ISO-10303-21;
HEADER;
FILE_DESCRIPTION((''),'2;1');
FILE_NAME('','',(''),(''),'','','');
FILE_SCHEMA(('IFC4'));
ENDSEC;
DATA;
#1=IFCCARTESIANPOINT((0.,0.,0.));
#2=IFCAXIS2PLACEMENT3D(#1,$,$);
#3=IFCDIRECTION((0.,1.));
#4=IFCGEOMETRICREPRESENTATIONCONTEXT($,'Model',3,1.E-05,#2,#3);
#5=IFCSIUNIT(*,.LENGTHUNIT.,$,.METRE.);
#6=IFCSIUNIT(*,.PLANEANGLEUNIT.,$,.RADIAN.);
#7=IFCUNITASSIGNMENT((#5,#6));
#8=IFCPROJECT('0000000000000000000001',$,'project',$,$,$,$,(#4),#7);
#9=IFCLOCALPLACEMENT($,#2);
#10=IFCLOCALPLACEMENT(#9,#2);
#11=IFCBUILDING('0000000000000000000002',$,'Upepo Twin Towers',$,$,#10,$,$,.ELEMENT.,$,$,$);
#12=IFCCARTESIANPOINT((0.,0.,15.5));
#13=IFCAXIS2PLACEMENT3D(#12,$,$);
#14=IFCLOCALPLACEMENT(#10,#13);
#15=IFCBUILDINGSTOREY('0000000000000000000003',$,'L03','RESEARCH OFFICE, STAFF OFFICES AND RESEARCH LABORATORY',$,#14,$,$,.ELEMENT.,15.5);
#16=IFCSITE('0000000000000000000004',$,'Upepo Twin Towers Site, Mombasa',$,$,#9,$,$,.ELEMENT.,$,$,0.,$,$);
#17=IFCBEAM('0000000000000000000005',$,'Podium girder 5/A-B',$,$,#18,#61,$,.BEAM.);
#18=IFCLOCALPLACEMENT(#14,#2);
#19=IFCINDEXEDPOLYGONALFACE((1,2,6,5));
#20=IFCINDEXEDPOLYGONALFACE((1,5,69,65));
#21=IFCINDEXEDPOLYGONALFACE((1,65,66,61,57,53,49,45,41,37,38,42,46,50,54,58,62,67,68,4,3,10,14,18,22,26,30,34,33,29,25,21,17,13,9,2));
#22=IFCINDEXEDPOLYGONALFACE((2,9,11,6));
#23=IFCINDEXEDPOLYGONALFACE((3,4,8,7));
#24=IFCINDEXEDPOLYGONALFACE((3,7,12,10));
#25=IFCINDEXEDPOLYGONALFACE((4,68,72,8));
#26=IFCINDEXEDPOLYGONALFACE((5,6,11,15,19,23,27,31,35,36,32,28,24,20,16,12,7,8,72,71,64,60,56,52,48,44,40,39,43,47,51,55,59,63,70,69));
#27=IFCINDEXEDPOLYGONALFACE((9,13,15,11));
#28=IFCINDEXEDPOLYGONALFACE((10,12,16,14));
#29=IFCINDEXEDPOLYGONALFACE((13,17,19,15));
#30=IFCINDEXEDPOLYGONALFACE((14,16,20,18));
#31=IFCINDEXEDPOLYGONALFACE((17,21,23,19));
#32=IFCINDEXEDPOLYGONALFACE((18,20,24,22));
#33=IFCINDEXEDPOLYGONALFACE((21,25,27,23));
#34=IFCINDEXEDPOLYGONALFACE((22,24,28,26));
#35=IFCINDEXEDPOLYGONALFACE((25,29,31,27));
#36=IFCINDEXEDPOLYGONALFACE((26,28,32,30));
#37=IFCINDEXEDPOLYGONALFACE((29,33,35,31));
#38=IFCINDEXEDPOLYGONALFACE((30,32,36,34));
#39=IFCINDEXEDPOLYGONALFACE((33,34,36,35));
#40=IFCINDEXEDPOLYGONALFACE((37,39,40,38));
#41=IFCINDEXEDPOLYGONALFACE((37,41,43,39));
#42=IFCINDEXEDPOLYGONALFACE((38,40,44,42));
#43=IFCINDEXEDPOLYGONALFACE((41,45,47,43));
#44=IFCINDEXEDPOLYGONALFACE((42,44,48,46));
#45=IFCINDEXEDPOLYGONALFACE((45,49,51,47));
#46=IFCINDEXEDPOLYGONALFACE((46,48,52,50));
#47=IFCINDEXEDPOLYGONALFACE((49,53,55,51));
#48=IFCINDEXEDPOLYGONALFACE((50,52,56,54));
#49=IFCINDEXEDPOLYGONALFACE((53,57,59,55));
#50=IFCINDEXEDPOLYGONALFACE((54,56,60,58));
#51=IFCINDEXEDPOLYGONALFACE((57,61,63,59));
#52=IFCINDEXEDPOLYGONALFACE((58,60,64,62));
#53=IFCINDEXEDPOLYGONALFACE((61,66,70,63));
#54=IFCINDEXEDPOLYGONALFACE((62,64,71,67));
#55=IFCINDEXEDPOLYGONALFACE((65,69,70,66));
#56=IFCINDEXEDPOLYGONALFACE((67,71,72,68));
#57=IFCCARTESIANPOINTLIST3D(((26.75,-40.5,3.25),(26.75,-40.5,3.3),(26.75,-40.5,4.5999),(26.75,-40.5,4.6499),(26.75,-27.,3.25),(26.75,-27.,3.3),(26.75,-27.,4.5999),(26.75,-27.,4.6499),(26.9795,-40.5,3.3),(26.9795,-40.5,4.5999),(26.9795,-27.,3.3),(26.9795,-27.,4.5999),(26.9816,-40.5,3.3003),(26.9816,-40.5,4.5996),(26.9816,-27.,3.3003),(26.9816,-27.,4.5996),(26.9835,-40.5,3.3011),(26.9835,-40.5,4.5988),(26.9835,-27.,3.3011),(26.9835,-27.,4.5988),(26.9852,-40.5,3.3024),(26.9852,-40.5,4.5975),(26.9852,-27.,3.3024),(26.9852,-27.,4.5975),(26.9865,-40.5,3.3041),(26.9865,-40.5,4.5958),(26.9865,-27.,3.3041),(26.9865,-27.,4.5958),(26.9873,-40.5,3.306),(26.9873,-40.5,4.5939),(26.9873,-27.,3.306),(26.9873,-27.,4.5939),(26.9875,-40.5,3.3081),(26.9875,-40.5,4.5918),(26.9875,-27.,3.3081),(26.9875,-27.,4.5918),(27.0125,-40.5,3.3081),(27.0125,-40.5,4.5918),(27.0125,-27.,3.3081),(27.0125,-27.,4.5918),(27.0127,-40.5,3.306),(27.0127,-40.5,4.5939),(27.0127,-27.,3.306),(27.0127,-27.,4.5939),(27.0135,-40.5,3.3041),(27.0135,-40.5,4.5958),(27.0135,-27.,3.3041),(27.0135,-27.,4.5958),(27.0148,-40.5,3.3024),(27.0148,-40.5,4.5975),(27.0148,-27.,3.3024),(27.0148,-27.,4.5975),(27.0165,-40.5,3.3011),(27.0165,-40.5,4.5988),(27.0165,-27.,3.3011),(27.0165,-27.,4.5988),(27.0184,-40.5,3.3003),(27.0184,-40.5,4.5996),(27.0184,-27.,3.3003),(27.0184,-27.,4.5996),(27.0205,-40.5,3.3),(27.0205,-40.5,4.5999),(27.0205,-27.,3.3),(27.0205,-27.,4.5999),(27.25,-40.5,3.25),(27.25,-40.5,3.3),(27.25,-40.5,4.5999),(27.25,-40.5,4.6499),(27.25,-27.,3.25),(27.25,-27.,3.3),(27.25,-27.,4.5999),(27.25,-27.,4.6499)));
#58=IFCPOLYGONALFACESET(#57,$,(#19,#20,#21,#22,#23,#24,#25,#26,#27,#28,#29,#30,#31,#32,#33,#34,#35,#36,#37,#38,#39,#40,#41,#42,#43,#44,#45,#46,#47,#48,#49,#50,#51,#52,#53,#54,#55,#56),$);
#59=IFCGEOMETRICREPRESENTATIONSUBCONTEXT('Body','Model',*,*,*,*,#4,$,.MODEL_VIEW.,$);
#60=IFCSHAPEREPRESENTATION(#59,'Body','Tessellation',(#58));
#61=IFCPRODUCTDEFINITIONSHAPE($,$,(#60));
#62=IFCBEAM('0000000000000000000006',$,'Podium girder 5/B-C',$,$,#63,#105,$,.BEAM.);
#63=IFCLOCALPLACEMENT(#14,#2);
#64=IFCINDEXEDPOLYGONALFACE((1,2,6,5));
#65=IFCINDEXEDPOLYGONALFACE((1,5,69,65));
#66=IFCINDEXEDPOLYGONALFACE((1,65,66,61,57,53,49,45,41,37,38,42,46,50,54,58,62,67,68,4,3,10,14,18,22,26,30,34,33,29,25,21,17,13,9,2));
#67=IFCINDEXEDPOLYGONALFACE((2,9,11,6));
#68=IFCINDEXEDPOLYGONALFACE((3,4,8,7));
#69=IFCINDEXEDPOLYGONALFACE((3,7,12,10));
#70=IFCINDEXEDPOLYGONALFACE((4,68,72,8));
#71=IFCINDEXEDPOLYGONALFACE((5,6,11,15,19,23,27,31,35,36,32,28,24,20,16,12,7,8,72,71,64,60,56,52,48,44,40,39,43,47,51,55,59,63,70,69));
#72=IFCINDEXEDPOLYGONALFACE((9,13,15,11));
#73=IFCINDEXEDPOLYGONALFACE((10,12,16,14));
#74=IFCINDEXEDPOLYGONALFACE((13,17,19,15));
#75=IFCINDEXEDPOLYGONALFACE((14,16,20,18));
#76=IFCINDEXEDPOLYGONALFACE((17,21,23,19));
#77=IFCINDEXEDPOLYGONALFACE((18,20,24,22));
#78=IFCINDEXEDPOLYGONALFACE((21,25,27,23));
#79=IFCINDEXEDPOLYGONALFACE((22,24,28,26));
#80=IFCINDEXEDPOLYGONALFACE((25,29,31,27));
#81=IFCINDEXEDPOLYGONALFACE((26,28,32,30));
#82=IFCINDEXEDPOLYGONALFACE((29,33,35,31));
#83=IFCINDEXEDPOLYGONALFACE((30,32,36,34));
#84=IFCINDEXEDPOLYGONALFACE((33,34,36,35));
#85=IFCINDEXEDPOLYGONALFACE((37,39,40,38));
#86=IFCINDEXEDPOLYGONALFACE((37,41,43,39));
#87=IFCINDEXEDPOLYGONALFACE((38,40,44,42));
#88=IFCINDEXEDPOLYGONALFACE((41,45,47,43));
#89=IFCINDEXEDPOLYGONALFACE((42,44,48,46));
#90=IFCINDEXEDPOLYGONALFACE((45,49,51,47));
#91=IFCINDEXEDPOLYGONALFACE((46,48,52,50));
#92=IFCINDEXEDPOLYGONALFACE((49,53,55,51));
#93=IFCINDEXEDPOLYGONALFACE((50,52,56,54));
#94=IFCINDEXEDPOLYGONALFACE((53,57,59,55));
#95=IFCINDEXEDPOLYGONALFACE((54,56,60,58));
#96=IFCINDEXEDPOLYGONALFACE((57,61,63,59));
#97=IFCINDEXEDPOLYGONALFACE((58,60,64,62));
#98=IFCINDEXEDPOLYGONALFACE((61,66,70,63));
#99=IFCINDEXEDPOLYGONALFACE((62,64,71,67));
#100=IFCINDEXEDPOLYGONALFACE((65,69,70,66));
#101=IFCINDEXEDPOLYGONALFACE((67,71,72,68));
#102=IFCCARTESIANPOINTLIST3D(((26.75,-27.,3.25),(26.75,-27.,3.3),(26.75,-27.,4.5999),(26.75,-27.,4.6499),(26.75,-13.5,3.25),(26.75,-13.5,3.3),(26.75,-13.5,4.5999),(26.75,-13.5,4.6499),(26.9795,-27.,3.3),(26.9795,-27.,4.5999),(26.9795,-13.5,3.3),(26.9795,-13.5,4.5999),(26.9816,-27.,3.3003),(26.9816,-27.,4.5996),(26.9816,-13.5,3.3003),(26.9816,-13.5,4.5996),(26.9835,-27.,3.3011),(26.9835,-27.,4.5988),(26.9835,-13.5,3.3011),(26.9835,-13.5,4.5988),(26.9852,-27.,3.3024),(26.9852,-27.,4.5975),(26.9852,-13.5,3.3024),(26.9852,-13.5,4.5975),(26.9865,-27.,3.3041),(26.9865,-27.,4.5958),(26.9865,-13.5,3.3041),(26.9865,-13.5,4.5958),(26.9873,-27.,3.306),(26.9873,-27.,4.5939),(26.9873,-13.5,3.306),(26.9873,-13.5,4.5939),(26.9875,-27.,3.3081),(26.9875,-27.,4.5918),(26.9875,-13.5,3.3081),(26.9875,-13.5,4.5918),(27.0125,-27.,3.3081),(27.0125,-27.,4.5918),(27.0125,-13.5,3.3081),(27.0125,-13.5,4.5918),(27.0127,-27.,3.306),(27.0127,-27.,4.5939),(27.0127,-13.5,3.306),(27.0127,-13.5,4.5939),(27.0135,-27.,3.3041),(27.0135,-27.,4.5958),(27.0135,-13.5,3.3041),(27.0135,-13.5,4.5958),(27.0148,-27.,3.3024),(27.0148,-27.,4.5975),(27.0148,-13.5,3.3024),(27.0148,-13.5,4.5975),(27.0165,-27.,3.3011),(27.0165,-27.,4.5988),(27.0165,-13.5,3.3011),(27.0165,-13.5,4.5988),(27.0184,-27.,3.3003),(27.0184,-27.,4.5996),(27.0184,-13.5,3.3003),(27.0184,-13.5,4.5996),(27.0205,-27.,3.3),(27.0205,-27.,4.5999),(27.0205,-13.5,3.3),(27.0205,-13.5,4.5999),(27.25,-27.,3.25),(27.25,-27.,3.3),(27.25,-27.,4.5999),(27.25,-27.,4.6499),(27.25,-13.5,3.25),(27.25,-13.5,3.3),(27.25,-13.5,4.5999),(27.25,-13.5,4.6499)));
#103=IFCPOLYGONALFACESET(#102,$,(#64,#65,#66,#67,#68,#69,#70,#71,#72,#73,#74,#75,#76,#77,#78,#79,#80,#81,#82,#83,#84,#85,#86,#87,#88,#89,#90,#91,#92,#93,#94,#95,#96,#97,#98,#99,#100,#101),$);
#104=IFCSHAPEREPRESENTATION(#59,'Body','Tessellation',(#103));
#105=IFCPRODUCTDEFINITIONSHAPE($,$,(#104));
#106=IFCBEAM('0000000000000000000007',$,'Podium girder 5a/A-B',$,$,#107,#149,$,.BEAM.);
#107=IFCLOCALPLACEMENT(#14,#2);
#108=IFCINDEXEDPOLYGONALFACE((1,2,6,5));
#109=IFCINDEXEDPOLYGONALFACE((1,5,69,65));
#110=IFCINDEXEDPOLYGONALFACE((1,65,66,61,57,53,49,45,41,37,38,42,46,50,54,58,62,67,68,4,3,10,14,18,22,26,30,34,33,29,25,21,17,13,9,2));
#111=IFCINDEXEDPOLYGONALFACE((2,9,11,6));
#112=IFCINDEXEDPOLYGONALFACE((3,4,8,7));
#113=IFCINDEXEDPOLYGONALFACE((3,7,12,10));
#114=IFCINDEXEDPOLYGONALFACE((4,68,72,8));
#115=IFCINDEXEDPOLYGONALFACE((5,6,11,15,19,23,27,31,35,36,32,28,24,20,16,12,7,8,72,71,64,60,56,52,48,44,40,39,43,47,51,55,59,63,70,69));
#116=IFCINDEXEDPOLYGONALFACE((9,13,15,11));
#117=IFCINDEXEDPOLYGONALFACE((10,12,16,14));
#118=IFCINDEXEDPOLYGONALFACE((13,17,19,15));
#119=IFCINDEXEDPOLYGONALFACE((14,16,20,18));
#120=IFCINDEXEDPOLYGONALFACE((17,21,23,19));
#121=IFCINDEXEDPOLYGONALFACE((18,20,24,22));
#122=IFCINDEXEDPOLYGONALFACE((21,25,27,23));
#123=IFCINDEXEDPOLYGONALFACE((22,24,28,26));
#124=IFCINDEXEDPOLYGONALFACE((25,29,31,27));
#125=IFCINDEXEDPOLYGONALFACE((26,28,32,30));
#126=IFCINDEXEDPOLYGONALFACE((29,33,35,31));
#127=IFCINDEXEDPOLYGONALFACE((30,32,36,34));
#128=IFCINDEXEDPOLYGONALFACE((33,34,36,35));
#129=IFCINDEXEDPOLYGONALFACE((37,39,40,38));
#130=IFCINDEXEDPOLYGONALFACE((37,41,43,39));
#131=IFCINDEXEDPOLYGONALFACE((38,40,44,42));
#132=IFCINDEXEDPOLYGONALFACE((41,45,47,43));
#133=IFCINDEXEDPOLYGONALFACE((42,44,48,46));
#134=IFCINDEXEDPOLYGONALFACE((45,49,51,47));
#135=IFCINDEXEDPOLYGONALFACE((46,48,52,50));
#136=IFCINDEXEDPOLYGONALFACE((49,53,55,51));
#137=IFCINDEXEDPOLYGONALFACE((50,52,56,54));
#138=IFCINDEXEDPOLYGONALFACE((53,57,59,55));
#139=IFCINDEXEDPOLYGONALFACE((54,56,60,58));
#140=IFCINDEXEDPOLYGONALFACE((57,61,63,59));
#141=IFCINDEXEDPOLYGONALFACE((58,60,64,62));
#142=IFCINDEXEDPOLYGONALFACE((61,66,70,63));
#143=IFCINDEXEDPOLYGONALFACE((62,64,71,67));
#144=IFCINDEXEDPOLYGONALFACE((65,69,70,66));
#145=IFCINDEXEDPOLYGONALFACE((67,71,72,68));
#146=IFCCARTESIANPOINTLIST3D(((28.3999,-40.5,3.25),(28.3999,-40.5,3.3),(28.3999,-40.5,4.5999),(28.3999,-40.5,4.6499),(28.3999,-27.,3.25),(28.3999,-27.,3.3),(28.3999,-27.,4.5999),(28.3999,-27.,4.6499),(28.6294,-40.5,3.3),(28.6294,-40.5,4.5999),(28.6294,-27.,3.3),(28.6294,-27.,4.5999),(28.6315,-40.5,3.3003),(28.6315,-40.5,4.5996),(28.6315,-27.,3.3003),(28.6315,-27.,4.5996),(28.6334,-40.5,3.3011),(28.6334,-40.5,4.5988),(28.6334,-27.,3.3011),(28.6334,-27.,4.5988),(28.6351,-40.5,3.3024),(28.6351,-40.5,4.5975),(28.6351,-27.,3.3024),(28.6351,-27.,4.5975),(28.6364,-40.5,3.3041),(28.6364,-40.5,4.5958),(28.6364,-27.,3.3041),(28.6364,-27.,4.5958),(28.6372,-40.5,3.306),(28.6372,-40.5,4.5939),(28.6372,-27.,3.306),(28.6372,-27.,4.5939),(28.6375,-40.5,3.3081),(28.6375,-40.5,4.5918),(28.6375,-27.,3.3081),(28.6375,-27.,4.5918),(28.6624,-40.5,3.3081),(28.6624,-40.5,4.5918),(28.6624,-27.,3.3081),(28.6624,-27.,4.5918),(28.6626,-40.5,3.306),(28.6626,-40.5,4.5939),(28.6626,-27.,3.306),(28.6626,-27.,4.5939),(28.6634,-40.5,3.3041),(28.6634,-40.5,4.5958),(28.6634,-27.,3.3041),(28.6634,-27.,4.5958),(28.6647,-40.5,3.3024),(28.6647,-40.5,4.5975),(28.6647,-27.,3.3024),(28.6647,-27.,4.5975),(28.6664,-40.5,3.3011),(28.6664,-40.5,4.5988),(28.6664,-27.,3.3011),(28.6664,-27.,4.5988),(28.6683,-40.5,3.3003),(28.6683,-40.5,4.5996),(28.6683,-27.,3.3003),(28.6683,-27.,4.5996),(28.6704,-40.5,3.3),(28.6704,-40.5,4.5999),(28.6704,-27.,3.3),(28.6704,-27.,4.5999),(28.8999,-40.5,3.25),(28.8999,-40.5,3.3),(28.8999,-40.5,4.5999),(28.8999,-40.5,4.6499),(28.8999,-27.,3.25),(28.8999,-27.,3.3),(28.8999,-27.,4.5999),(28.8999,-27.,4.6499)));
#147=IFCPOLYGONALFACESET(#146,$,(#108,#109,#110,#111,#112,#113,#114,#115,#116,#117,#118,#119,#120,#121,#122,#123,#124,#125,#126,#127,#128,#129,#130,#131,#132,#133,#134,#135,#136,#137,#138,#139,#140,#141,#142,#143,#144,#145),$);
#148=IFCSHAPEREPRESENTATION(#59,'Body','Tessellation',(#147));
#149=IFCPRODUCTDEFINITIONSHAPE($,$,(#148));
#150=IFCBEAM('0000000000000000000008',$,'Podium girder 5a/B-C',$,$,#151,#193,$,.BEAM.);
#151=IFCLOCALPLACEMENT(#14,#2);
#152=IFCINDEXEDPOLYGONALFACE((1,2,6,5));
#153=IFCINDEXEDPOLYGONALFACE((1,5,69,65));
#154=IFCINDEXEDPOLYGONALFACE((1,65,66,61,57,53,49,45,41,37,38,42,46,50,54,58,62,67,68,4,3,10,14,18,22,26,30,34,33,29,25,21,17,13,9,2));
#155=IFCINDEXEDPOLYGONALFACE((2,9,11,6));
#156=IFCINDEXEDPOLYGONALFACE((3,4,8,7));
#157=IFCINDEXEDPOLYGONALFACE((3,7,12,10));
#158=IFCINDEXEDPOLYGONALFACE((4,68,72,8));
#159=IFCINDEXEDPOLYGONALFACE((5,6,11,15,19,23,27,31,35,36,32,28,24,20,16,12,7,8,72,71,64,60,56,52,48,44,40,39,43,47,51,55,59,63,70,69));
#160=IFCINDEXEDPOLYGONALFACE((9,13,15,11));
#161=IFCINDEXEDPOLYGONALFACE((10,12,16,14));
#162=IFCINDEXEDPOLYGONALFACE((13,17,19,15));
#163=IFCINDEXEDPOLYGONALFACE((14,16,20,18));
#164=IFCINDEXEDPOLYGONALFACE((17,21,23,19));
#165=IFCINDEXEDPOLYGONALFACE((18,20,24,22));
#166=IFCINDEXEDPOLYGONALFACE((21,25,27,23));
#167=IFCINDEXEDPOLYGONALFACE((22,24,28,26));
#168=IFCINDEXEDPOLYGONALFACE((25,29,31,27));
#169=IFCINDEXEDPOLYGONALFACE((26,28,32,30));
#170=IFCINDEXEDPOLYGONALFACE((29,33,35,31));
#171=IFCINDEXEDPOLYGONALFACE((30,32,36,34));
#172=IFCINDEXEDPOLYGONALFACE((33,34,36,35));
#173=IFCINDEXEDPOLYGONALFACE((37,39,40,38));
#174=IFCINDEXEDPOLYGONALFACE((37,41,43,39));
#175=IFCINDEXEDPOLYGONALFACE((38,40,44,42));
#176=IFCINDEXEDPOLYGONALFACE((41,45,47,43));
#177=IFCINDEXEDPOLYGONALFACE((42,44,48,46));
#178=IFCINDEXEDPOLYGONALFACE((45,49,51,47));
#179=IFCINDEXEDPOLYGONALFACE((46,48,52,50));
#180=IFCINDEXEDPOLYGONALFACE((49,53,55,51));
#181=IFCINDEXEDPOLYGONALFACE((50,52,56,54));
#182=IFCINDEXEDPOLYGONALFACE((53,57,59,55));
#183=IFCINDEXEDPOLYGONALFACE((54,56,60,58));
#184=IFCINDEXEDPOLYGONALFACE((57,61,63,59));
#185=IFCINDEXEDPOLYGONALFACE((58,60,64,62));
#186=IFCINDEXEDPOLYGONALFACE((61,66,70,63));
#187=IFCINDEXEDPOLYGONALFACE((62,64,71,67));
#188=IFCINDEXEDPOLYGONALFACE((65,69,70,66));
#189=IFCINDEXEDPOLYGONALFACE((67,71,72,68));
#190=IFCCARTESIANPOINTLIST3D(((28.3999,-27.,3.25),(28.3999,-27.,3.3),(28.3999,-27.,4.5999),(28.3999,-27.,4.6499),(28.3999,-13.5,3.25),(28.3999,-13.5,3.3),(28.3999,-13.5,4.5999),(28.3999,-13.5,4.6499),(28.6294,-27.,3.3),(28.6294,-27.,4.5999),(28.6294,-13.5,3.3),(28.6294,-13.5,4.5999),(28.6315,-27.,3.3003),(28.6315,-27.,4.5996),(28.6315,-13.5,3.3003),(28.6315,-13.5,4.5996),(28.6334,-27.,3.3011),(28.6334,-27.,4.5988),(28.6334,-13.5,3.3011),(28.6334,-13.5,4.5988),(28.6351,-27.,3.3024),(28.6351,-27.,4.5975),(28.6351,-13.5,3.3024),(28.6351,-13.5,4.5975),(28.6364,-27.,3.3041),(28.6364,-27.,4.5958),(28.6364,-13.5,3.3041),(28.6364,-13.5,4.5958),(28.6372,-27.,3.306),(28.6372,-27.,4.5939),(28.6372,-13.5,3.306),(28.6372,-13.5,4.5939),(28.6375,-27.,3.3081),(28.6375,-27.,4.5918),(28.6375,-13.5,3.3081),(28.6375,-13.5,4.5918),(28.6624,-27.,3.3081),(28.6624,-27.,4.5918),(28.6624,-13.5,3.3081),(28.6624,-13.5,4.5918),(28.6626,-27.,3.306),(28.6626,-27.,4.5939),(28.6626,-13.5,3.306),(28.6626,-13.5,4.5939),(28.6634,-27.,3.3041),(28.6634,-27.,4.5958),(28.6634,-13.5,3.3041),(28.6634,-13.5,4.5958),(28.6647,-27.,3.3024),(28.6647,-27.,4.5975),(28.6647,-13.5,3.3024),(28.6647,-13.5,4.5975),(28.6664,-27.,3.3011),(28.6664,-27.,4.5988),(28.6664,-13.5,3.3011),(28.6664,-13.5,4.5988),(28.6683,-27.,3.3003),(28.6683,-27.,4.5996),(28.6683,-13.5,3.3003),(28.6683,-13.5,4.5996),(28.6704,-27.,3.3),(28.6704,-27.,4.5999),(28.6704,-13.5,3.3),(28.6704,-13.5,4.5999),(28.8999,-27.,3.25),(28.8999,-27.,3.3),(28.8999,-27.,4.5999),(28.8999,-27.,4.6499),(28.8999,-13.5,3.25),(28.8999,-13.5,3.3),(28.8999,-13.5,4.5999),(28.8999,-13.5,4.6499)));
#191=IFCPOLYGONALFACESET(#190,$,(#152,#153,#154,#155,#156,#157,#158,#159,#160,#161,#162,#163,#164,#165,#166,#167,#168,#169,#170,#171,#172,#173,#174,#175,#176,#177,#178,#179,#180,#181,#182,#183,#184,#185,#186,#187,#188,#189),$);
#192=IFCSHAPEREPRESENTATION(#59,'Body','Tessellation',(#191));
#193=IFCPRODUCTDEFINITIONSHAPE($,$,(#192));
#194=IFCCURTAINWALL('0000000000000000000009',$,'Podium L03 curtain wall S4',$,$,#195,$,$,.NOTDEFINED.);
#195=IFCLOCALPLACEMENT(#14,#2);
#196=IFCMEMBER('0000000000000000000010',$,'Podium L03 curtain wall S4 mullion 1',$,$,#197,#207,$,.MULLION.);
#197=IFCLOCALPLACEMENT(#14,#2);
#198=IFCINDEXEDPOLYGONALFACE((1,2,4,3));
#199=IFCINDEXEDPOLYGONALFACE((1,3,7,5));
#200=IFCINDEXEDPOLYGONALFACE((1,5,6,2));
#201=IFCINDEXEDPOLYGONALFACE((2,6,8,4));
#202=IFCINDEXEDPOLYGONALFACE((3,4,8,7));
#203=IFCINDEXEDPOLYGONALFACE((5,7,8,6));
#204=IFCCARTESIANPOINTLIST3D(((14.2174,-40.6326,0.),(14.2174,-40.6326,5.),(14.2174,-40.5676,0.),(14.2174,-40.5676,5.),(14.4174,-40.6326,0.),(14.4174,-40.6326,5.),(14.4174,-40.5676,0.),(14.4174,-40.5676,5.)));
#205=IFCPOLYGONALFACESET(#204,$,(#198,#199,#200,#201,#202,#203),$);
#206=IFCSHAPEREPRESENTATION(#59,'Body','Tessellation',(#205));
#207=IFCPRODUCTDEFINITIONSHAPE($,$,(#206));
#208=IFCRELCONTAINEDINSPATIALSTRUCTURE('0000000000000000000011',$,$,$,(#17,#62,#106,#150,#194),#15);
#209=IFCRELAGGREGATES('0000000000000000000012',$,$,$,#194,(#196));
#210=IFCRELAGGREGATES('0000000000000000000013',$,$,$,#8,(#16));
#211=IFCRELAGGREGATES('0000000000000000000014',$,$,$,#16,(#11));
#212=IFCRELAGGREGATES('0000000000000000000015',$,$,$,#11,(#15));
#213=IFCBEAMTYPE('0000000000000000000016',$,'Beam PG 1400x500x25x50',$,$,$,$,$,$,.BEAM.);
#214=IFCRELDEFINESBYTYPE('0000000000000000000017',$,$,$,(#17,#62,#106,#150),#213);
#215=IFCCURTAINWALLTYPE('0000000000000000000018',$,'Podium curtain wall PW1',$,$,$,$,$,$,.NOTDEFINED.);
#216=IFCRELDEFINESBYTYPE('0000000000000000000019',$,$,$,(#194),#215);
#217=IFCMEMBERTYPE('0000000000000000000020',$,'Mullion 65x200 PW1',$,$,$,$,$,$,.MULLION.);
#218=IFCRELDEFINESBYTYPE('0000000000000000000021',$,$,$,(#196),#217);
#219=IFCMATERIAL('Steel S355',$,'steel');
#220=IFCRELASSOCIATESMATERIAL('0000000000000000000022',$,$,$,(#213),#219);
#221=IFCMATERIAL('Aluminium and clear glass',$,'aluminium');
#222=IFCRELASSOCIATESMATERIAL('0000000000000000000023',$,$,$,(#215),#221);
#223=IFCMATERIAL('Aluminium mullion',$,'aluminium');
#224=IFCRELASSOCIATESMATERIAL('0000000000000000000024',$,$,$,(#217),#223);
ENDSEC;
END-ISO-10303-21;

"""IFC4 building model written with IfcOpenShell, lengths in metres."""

from ifc_helpers import new_model, si_unit, direction, frame, origin, origin_2d, place, context, subcontext, project, spatial, rectangle, i_section, extrude, material, material_profile, profile_set, type_object, element, aggregate, save


model = new_model("IFC4")

# Units and contexts
model_context = context("Model", 3, precision=1e-05, world=origin(), true_north=direction((0.0, 1.0)))
body_context = subcontext(model_context, "Body", "Model", "MODEL_VIEW")
ifc_project = project(units=[si_unit("LENGTHUNIT", "METRE"), si_unit("PLANEANGLEUNIT", "RADIAN")], contexts=[model_context])

# Site, building, storey
site_placement = place(None, origin())
site = spatial("IfcSite", under=ifc_project, at=site_placement, Name="Upepo Twin Towers Site, Mombasa", CompositionType="ELEMENT", RefElevation=0.0)
building_placement = place(site_placement, origin())
building = spatial("IfcBuilding", under=site, at=building_placement, Name="Upepo Twin Towers", CompositionType="ELEMENT")
storey_placement = place(building_placement, frame((0.0, 0.0, 15.5)))
storey = spatial("IfcBuildingStorey", under=building, at=storey_placement, Name="L03", Description="RESEARCH OFFICE, STAFF OFFICES AND RESEARCH LABORATORY", CompositionType="ELEMENT", Elevation=15.5)

# Beams
ifc_material_1 = material(Name="Steel S355", Category="steel")
ifc_material_profile_1 = material_profile(ifc_material_1, i_section(OverallWidth=0.5, OverallDepth=1.3999, WebThickness=0.0249, FlangeThickness=0.05, FilletRadius=0.0081, at=origin_2d()), Name="PG 1400x500x25x50")
ifc_profile_set_1 = profile_set([ifc_material_profile_1], Name="Steel S355")
beam_type_1 = type_object("IfcBeamType", Name="Beam PG 1400x500x25x50", PredefinedType="BEAM", material=ifc_profile_set_1)
for number, where, z_axis, x_axis, name in (
    (1, (27.0, -40.5, 3.95), (0.0, 1.0, 0.0), (-1.0, 0.0, 0.0), "Podium girder 5/A-B"),
    (2, (27.0, -27.0, 3.95), (0.0, 1.0, 0.0), (-1.0, 0.0, 0.0), "Podium girder 5/B-C"),
    (3, (28.6499, -40.5, 3.95), (0.0, 1.0, 0.0), (-1.0, 0.0, 0.0), "Podium girder 5a/A-B"),
    (4, (28.6499, -27.0, 3.95), (0.0, 1.0, 0.0), (-1.0, 0.0, 0.0), "Podium girder 5a/B-C"),
):
    element("IfcBeam", number, at=place(storey_placement, frame(where, z_axis=z_axis, x_axis=x_axis)), inside=storey, type_object=beam_type_1, Name=name, PredefinedType="BEAM", context=body_context, shape_type="SweptSolid", body=[
        extrude(i_section(OverallWidth=0.5, OverallDepth=1.3999, WebThickness=0.0249, FlangeThickness=0.05, FilletRadius=0.0081, at=origin_2d()), origin(), (0.0, 0.0, 1.0), 13.5),
    ])

# Curtain wall, member
ifc_material_2 = material(Name="Aluminium and clear glass", Category="aluminium")
curtain_wall_type = type_object("IfcCurtainWallType", Name="Podium curtain wall PW1", PredefinedType="NOTDEFINED", material=ifc_material_2)
curtain_wall_placement = place(storey_placement, origin())
curtain_wall = element("IfcCurtainWall", 5, at=curtain_wall_placement, inside=storey, type_object=curtain_wall_type, Name="Podium L03 curtain wall S4", PredefinedType="NOTDEFINED")
ifc_material_3 = material(Name="Aluminium mullion", Category="aluminium")
ifc_material_profile_2 = material_profile(ifc_material_3, rectangle(XDim=0.0649, YDim=0.2, at=origin_2d()), Name="MULLION 65x200 PODIUM")
ifc_profile_set_2 = profile_set([ifc_material_profile_2], Name="Aluminium mullion")
member_type_1 = type_object("IfcMemberType", Name="Mullion 65x200 PW1", PredefinedType="MULLION", material=ifc_profile_set_2)
member_1_placement = place(storey_placement, frame((14.3174, -40.6001, 0.0), z_axis=(0.0, 0.0, 1.0), x_axis=(0.0, 1.0, 0.0)))
member_1 = element("IfcMember", 6, at=member_1_placement, type_object=member_type_1, Name="Podium L03 curtain wall S4 mullion 1", PredefinedType="MULLION", context=body_context, shape_type="SweptSolid", body=[
    extrude(rectangle(XDim=0.0649, YDim=0.2, at=origin_2d()), origin(), (0.0, 0.0, 1.0), 5.0),
])

aggregate(curtain_wall, [member_1])

save(model, "model.ifc")
